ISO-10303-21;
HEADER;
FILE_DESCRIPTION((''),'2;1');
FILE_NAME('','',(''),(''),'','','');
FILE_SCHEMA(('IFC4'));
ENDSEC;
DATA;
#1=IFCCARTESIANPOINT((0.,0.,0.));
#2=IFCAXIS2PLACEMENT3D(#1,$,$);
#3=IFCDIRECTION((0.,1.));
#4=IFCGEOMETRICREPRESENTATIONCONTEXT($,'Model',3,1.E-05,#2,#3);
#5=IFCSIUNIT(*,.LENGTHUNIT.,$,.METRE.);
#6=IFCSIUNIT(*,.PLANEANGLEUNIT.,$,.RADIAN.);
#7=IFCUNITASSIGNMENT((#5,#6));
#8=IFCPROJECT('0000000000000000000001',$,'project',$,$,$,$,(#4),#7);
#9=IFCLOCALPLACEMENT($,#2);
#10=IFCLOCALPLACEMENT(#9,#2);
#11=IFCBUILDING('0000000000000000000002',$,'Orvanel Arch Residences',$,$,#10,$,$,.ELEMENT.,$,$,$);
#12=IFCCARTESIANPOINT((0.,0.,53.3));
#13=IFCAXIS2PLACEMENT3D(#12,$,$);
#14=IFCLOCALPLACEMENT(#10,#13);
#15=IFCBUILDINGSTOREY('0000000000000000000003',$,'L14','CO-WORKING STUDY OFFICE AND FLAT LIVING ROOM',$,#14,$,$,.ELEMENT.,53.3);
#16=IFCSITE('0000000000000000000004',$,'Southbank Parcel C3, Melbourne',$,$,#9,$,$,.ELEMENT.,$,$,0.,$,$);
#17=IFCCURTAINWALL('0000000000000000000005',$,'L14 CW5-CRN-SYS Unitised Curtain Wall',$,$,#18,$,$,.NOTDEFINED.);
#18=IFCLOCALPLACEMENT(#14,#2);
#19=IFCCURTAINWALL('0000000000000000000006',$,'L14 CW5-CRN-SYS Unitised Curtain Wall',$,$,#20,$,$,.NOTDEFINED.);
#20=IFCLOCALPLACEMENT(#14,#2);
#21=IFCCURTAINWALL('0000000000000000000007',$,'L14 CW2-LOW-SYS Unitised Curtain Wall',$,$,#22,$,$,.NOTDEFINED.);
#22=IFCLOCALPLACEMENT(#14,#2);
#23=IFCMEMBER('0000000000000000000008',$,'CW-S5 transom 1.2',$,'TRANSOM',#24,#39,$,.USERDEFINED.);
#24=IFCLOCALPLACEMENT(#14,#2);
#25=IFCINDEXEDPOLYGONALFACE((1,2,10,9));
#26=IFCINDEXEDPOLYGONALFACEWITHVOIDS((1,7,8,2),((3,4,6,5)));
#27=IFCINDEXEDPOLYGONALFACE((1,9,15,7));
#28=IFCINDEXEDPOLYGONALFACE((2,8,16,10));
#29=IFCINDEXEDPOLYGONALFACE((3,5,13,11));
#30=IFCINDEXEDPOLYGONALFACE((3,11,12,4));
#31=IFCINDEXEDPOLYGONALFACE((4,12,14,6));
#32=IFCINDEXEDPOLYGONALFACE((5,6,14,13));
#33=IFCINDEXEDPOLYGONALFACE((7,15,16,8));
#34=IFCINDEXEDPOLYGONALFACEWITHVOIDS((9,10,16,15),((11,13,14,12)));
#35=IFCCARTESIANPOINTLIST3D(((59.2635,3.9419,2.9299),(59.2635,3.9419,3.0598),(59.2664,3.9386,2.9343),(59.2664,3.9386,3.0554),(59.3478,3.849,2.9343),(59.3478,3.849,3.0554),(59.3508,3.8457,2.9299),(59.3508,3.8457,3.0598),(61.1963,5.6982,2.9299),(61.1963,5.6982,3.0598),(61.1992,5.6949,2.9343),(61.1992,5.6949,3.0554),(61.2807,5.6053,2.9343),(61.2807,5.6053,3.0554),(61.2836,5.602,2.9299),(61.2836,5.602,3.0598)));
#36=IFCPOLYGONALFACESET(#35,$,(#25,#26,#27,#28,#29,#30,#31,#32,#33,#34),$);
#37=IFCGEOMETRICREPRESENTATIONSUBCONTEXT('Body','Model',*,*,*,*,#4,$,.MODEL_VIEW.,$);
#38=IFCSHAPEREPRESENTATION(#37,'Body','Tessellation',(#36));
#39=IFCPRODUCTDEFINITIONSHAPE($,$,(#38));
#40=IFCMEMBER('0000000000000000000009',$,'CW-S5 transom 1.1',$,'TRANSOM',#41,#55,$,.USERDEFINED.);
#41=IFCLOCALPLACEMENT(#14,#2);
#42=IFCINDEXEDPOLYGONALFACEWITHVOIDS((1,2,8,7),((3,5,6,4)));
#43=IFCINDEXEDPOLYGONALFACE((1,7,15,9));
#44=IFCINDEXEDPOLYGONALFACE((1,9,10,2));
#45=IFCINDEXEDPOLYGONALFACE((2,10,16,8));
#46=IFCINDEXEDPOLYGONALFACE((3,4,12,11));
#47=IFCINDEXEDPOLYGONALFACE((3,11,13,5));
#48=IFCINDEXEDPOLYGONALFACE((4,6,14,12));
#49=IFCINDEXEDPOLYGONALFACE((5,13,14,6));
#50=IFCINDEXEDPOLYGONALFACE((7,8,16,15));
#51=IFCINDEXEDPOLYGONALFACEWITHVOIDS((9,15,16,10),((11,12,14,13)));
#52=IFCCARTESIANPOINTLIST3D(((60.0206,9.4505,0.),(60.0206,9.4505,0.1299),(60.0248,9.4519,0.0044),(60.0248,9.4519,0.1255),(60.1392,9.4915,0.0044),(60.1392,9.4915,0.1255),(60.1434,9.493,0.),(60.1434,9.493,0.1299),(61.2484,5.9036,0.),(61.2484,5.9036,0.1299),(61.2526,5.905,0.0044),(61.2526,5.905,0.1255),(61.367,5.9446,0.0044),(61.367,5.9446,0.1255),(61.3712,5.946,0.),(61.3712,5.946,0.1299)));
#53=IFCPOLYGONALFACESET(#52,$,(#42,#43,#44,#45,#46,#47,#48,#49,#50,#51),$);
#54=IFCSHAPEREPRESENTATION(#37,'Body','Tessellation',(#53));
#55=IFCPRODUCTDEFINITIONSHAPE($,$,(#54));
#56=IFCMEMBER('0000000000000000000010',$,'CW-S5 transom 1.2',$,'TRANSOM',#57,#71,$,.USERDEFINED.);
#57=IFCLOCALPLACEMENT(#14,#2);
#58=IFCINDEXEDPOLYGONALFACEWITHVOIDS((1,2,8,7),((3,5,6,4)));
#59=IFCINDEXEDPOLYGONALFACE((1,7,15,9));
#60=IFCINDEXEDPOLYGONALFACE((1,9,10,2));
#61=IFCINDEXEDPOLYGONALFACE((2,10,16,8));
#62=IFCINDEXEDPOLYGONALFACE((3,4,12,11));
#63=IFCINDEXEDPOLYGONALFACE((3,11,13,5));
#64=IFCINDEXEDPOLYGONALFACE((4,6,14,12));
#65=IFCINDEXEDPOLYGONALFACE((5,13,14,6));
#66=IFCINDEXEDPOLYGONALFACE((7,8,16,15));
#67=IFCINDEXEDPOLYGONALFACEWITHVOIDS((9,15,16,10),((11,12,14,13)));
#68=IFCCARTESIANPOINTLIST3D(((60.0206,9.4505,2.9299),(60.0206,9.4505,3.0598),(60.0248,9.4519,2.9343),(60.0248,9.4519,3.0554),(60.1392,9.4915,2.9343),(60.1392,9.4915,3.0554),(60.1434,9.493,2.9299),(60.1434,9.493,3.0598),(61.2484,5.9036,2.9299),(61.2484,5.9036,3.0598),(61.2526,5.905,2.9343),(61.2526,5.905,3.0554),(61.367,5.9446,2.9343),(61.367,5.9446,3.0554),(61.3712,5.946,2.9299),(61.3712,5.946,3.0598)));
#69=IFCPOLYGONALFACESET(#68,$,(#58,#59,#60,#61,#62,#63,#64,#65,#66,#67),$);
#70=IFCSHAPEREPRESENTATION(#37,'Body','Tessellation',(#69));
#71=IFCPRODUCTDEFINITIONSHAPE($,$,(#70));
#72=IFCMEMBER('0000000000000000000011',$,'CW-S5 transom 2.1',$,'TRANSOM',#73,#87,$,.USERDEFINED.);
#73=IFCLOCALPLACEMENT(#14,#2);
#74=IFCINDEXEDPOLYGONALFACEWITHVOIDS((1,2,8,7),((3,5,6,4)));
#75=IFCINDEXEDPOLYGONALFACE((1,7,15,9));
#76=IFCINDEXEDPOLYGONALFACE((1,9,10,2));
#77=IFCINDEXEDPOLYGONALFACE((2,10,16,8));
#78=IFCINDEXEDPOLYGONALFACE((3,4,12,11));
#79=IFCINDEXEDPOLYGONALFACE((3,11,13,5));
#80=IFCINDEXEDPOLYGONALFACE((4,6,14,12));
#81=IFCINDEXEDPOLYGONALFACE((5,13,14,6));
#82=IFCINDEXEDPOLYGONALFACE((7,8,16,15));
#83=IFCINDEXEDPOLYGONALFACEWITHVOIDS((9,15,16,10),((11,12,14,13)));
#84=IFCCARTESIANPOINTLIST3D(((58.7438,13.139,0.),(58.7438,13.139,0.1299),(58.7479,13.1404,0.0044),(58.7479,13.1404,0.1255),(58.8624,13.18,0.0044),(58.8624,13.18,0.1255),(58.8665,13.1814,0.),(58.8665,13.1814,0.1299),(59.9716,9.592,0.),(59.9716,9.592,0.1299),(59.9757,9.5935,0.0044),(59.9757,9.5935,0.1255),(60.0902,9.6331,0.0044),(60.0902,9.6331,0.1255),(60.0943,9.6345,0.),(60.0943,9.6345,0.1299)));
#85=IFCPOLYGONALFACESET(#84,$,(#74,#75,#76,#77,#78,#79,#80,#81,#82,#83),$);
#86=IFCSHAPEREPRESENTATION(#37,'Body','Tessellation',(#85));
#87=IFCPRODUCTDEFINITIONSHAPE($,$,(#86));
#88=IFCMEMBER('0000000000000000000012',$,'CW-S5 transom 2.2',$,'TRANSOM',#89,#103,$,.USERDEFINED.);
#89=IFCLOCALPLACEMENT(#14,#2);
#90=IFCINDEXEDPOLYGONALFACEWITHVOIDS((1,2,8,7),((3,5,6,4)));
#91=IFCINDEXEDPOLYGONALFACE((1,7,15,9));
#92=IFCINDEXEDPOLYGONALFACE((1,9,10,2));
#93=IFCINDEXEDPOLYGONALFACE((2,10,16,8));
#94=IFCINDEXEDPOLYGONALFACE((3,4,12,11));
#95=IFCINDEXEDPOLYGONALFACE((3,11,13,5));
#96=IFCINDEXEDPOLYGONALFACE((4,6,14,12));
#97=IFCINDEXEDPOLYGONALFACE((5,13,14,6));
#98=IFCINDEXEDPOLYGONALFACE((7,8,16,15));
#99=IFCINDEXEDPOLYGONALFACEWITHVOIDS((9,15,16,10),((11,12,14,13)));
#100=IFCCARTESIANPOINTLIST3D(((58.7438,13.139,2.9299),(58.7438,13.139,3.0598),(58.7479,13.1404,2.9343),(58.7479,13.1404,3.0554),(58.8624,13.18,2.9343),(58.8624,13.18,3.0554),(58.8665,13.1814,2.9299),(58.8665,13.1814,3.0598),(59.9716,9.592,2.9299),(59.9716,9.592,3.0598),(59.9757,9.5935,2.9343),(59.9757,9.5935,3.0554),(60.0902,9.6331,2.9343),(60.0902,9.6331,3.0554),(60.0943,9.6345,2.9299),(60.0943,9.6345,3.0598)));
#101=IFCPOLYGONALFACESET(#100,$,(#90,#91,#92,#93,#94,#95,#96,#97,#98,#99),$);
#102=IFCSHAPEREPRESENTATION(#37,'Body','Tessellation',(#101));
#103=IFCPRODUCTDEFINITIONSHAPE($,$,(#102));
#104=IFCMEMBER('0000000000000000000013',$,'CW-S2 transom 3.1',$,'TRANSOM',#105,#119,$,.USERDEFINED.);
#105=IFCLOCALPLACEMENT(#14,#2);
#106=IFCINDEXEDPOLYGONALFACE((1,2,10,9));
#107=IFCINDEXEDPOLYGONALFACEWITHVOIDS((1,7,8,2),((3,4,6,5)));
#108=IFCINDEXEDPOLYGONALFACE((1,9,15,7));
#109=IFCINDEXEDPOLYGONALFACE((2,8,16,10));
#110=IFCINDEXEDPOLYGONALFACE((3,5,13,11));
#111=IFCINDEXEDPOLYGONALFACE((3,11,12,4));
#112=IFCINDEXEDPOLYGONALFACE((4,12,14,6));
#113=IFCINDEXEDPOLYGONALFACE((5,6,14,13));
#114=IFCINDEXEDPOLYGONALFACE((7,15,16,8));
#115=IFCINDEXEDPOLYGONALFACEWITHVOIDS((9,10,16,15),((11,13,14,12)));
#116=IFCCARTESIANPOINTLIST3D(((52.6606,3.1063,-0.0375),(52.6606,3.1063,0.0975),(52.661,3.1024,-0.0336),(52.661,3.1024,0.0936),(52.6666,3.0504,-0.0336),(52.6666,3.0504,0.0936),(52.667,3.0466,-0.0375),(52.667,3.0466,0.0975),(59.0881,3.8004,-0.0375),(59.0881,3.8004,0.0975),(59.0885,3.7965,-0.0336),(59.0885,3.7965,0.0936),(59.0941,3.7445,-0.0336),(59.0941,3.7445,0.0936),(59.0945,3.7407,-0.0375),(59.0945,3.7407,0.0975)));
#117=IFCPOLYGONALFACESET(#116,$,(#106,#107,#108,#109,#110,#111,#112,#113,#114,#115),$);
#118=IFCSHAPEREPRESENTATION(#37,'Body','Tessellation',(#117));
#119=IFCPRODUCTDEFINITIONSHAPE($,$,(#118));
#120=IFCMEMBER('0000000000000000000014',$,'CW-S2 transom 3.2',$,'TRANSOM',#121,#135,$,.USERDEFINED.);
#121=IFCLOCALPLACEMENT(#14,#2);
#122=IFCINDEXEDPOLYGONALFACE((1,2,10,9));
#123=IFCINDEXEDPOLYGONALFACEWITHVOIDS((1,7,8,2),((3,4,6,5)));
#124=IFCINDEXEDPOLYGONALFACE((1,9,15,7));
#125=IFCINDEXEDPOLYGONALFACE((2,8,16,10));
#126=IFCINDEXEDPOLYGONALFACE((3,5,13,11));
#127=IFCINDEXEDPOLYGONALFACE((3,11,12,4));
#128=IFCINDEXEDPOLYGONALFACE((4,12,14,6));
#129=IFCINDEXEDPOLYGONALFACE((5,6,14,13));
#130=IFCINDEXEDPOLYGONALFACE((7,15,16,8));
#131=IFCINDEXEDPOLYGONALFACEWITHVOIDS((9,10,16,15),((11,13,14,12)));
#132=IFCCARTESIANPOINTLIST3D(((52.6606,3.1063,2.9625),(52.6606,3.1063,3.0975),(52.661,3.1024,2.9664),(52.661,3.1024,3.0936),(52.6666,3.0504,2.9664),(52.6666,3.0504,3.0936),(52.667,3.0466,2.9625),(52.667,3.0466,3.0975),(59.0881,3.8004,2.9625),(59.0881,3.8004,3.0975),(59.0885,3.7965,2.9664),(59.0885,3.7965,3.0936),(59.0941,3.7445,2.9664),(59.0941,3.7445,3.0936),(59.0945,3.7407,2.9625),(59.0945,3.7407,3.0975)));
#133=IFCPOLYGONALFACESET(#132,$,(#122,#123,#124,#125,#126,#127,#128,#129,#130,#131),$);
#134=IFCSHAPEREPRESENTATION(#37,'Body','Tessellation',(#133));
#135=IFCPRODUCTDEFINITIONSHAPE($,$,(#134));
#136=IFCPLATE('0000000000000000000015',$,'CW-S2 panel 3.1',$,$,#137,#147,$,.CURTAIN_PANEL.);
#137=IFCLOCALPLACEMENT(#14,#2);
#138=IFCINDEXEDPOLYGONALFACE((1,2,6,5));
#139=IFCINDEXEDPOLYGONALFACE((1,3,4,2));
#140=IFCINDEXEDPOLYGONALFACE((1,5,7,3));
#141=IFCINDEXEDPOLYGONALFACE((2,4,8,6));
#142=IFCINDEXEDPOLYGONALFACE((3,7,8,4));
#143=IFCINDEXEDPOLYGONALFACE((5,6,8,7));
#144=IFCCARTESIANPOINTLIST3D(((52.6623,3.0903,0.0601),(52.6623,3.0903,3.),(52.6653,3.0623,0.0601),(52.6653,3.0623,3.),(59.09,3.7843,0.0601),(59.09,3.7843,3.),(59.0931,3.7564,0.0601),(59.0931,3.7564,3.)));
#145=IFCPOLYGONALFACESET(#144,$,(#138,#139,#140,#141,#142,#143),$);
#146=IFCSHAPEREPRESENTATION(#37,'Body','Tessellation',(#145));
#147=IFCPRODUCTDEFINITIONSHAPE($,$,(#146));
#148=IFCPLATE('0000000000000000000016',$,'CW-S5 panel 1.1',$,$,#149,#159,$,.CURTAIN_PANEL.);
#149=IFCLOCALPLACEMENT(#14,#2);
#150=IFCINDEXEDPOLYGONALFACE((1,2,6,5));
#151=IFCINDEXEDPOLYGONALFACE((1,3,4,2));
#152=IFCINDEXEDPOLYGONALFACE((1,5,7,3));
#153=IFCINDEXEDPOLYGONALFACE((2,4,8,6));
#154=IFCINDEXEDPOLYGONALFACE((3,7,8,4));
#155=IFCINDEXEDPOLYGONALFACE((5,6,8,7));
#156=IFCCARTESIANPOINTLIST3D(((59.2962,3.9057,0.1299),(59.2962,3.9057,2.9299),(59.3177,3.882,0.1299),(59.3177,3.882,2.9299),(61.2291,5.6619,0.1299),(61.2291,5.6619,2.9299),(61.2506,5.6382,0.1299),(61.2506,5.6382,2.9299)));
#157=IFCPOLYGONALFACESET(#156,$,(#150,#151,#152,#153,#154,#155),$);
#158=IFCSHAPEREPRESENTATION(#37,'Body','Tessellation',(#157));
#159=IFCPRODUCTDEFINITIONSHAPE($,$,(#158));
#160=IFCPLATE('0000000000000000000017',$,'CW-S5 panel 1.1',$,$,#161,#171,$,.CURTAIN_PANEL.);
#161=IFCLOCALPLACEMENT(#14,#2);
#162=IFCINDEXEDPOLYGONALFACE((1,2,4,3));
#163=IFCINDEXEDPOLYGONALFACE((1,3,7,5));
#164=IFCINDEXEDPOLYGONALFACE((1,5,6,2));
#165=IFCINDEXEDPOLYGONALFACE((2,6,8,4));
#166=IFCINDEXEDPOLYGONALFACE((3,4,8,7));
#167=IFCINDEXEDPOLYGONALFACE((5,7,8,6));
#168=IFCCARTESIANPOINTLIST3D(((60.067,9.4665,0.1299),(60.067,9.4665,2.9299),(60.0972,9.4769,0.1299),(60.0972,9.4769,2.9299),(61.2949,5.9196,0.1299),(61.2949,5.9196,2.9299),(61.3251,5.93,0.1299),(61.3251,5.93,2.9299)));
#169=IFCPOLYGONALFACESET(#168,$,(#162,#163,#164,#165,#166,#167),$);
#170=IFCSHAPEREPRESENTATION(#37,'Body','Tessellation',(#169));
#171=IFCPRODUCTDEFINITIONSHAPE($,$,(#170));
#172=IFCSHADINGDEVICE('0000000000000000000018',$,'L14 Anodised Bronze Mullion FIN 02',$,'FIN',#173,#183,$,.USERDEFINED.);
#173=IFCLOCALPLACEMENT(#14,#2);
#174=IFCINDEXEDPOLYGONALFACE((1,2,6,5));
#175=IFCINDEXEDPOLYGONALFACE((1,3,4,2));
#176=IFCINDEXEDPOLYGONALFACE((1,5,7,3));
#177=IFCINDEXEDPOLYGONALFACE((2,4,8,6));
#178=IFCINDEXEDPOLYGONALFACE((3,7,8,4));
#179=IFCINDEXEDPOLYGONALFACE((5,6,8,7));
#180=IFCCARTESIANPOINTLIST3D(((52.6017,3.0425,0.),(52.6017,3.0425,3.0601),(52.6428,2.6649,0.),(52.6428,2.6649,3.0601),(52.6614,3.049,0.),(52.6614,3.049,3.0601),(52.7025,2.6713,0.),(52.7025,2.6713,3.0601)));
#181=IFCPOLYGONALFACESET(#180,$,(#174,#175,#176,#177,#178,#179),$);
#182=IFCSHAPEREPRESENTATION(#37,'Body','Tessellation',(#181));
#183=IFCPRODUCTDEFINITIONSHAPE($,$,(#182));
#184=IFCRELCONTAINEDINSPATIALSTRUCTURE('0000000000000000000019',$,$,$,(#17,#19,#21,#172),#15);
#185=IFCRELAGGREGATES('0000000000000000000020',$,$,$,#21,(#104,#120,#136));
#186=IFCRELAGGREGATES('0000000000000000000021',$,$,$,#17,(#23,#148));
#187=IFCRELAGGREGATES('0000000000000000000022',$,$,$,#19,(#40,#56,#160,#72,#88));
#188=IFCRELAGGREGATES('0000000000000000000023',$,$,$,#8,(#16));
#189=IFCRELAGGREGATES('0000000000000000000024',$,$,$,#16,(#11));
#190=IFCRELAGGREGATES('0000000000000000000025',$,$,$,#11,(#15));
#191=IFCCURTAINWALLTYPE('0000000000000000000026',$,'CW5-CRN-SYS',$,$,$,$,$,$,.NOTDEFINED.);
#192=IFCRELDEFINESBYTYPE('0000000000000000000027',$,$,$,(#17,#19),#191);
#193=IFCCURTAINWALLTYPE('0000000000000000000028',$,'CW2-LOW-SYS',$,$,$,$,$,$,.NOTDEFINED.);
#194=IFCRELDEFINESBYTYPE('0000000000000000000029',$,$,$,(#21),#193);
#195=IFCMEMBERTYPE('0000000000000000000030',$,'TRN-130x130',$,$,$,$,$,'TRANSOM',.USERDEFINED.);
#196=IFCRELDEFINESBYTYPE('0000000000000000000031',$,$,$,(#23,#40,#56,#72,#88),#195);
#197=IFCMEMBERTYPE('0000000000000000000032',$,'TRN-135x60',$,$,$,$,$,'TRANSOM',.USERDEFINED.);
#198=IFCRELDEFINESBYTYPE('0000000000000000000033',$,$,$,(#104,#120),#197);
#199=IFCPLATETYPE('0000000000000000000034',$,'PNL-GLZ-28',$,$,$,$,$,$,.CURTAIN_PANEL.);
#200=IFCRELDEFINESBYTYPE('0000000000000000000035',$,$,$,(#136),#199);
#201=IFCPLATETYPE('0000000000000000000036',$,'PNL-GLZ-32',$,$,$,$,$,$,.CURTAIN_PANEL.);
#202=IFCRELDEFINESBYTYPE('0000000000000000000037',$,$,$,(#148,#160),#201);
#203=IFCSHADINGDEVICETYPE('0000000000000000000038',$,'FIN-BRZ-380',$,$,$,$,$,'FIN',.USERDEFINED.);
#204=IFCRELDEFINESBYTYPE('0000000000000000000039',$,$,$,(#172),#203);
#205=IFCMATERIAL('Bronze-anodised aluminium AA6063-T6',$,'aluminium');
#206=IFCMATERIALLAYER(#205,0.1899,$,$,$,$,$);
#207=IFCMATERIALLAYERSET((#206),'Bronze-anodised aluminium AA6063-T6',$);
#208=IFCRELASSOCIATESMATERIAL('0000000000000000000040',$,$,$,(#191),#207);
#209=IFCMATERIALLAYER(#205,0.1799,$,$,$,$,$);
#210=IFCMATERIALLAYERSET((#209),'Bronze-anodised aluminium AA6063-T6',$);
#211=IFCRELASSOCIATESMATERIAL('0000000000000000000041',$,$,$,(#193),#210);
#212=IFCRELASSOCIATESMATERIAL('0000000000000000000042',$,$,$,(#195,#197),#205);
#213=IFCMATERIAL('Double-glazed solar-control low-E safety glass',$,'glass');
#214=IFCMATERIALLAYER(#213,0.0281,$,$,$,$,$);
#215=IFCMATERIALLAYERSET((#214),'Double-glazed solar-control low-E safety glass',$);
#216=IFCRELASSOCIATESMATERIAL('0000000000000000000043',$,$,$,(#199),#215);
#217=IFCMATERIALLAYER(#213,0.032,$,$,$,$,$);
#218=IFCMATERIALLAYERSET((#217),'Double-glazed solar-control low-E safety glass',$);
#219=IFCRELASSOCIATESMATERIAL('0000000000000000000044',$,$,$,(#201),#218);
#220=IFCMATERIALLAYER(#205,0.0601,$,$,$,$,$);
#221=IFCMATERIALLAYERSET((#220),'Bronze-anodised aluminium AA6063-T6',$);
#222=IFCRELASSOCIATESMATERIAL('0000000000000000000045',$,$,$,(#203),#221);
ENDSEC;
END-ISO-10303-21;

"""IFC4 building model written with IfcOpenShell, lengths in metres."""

from ifc_helpers import new_model, si_unit, direction, frame, origin, origin_2d, place, context, subcontext, project, spatial, rectangle, hollow_rectangle, extrude, material, layer, layer_set, material_profile, profile_set, type_object, element, aggregate, save


model = new_model("IFC4")

# Units and contexts
model_context = context("Model", 3, precision=1e-05, world=origin(), true_north=direction((0.0, 1.0)))
body_context = subcontext(model_context, "Body", "Model", "MODEL_VIEW")
ifc_project = project(units=[si_unit("LENGTHUNIT", "METRE"), si_unit("PLANEANGLEUNIT", "RADIAN")], contexts=[model_context])

# Site, building, storey
site_placement = place(None, origin())
site = spatial("IfcSite", under=ifc_project, at=site_placement, Name="Southbank Parcel C3, Melbourne", CompositionType="ELEMENT", RefElevation=0.0)
building_placement = place(site_placement, origin())
building = spatial("IfcBuilding", under=site, at=building_placement, Name="Orvanel Arch Residences", CompositionType="ELEMENT")
storey_placement = place(building_placement, frame((0.0, 0.0, 53.3)))
storey = spatial("IfcBuildingStorey", under=building, at=storey_placement, Name="L14", Description="CO-WORKING STUDY OFFICE AND FLAT LIVING ROOM", CompositionType="ELEMENT", Elevation=53.3)

# Curtain walls
ifc_material_1 = material(Name="Bronze-anodised aluminium AA6063-T6", Category="aluminium")
ifc_layer_1 = layer(ifc_material_1, 0.1899)
ifc_layer_set_1 = layer_set([ifc_layer_1], Name="Bronze-anodised aluminium AA6063-T6")
curtain_wall_type_1 = type_object("IfcCurtainWallType", Name="CW5-CRN-SYS", PredefinedType="NOTDEFINED", material=ifc_layer_set_1)
curtain_wall_1_placement = place(storey_placement, origin())
curtain_wall_1 = element("IfcCurtainWall", 1, at=curtain_wall_1_placement, inside=storey, type_object=curtain_wall_type_1, Name="L14 CW5-CRN-SYS Unitised Curtain Wall", PredefinedType="NOTDEFINED")
curtain_wall_2_placement = place(storey_placement, origin())
curtain_wall_2 = element("IfcCurtainWall", 2, at=curtain_wall_2_placement, inside=storey, type_object=curtain_wall_type_1, Name="L14 CW5-CRN-SYS Unitised Curtain Wall", PredefinedType="NOTDEFINED")
ifc_layer_2 = layer(ifc_material_1, 0.1799)
ifc_layer_set_2 = layer_set([ifc_layer_2], Name="Bronze-anodised aluminium AA6063-T6")
curtain_wall_type_2 = type_object("IfcCurtainWallType", Name="CW2-LOW-SYS", PredefinedType="NOTDEFINED", material=ifc_layer_set_2)
curtain_wall_3_placement = place(storey_placement, origin())
curtain_wall_3 = element("IfcCurtainWall", 3, at=curtain_wall_3_placement, inside=storey, type_object=curtain_wall_type_2, Name="L14 CW2-LOW-SYS Unitised Curtain Wall", PredefinedType="NOTDEFINED")

# Members
ifc_material_profile_1 = material_profile(ifc_material_1, hollow_rectangle(XDim=0.1299, YDim=0.1299, WallThickness=0.0044, at=origin_2d()), Name="ALU130x130x4.5")
ifc_profile_set_1 = profile_set([ifc_material_profile_1], Name="Bronze-anodised aluminium AA6063-T6")
member_type_1 = type_object("IfcMemberType", Name="TRN-130x130", ElementType="TRANSOM", PredefinedType="USERDEFINED", material=ifc_profile_set_1)
member_1_placement = place(storey_placement, frame((59.3071, 3.8938, 2.9949), z_axis=(0.740092, 0.672505, 0.0), x_axis=(-0.672505, 0.740092, 0.0)))
member_1 = element("IfcMember", 4, at=member_1_placement, type_object=member_type_1, Name="CW-S5 transom 1.2", ObjectType="TRANSOM", PredefinedType="USERDEFINED", context=body_context, shape_type="SweptSolid", body=[
    extrude(hollow_rectangle(XDim=0.1299, YDim=0.1299, WallThickness=0.0044, at=origin_2d()), origin(), (0.0, 0.0, 1.0), 2.6116),
])
member_2_placement = place(storey_placement, frame((61.3098, 5.9248, 0.0649), z_axis=(-0.327115, 0.944985, 0.0), x_axis=(-0.944985, -0.327115, 0.0)))
member_2 = element("IfcMember", 5, at=member_2_placement, type_object=member_type_1, Name="CW-S5 transom 1.1", ObjectType="TRANSOM", PredefinedType="USERDEFINED", context=body_context, shape_type="SweptSolid", body=[
    extrude(hollow_rectangle(XDim=0.1299, YDim=0.1299, WallThickness=0.0044, at=origin_2d()), origin(), (0.0, 0.0, 1.0), 3.7534),
])
member_3_placement = place(storey_placement, frame((61.3098, 5.9248, 2.9949), z_axis=(-0.327115, 0.944985, 0.0), x_axis=(-0.944985, -0.327115, 0.0)))
member_3 = element("IfcMember", 6, at=member_3_placement, type_object=member_type_1, Name="CW-S5 transom 1.2", ObjectType="TRANSOM", PredefinedType="USERDEFINED", context=body_context, shape_type="SweptSolid", body=[
    extrude(hollow_rectangle(XDim=0.1299, YDim=0.1299, WallThickness=0.0044, at=origin_2d()), origin(), (0.0, 0.0, 1.0), 3.7534),
])
member_4_placement = place(storey_placement, frame((60.033, 9.6133, 0.0649), z_axis=(-0.327115, 0.944985, 0.0), x_axis=(-0.944985, -0.327115, 0.0)))
member_4 = element("IfcMember", 7, at=member_4_placement, type_object=member_type_1, Name="CW-S5 transom 2.1", ObjectType="TRANSOM", PredefinedType="USERDEFINED", context=body_context, shape_type="SweptSolid", body=[
    extrude(hollow_rectangle(XDim=0.1299, YDim=0.1299, WallThickness=0.0044, at=origin_2d()), origin(), (0.0, 0.0, 1.0), 3.7534),
])
member_5_placement = place(storey_placement, frame((60.033, 9.6133, 2.9949), z_axis=(-0.327115, 0.944985, 0.0), x_axis=(-0.944985, -0.327115, 0.0)))
member_5 = element("IfcMember", 8, at=member_5_placement, type_object=member_type_1, Name="CW-S5 transom 2.2", ObjectType="TRANSOM", PredefinedType="USERDEFINED", context=body_context, shape_type="SweptSolid", body=[
    extrude(hollow_rectangle(XDim=0.1299, YDim=0.1299, WallThickness=0.0044, at=origin_2d()), origin(), (0.0, 0.0, 1.0), 3.7534),
])
ifc_material_profile_2 = material_profile(ifc_material_1, hollow_rectangle(XDim=0.0601, YDim=0.135, WallThickness=0.0039, at=origin_2d()), Name="ALU135x60x4")
ifc_profile_set_2 = profile_set([ifc_material_profile_2], Name="Bronze-anodised aluminium AA6063-T6")
member_type_2 = type_object("IfcMemberType", Name="TRN-135x60", ElementType="TRANSOM", PredefinedType="USERDEFINED", material=ifc_profile_set_2)
member_6_placement = place(storey_placement, frame((52.6638, 3.0764, 0.03), z_axis=(0.99422, 0.107364, 0.0), x_axis=(-0.107364, 0.99422, 0.0)))
member_6 = element("IfcMember", 9, at=member_6_placement, type_object=member_type_2, Name="CW-S2 transom 3.1", ObjectType="TRANSOM", PredefinedType="USERDEFINED", context=body_context, shape_type="SweptSolid", body=[
    extrude(hollow_rectangle(XDim=0.0601, YDim=0.135, WallThickness=0.0039, at=origin_2d()), origin(), (0.0, 0.0, 1.0), 6.4648),
])
member_7_placement = place(storey_placement, frame((52.6638, 3.0764, 3.03), z_axis=(0.99422, 0.107364, 0.0), x_axis=(-0.107364, 0.99422, 0.0)))
member_7 = element("IfcMember", 10, at=member_7_placement, type_object=member_type_2, Name="CW-S2 transom 3.2", ObjectType="TRANSOM", PredefinedType="USERDEFINED", context=body_context, shape_type="SweptSolid", body=[
    extrude(hollow_rectangle(XDim=0.0601, YDim=0.135, WallThickness=0.0039, at=origin_2d()), origin(), (0.0, 0.0, 1.0), 6.4648),
])

# Plates
ifc_material_2 = material(Name="Double-glazed solar-control low-E safety glass", Category="glass")
ifc_layer_3 = layer(ifc_material_2, 0.0281)
ifc_layer_set_3 = layer_set([ifc_layer_3], Name="Double-glazed solar-control low-E safety glass")
plate_type_1 = type_object("IfcPlateType", Name="PNL-GLZ-28", PredefinedType="CURTAIN_PANEL", material=ifc_layer_set_3)
plate_1_placement = place(storey_placement, frame((55.8777, 3.4233, 0.0601), z_axis=(0.0, 0.0, 1.0), x_axis=(0.994221, 0.107357, 0.0)))
plate_1 = element("IfcPlate", 11, at=plate_1_placement, type_object=plate_type_1, Name="CW-S2 panel 3.1", PredefinedType="CURTAIN_PANEL", context=body_context, shape_type="SweptSolid", body=[
    extrude(rectangle(XDim=6.4651, YDim=0.0281, at=origin_2d()), origin(), (0.0, 0.0, 1.0), 2.9399),
])
aggregate(curtain_wall_3, [member_6, member_7, plate_1])
ifc_layer_4 = layer(ifc_material_2, 0.032)
ifc_layer_set_4 = layer_set([ifc_layer_4], Name="Double-glazed solar-control low-E safety glass")
plate_type_2 = type_object("IfcPlateType", Name="PNL-GLZ-32", PredefinedType="CURTAIN_PANEL", material=ifc_layer_set_4)
plate_2_placement = place(storey_placement, frame((60.2734, 4.772, 0.1299), z_axis=(0.0, 0.0, 1.0), x_axis=(0.740127, 0.672468, 0.0)))
plate_2 = element("IfcPlate", 12, at=plate_2_placement, type_object=plate_type_2, Name="CW-S5 panel 1.1", PredefinedType="CURTAIN_PANEL", context=body_context, shape_type="SweptSolid", body=[
    extrude(rectangle(XDim=2.6116, YDim=0.032, at=origin_2d()), origin(), (0.0, 0.0, 1.0), 2.8),
])
aggregate(curtain_wall_1, [member_1, plate_2])
plate_3_placement = place(storey_placement, frame((60.696, 7.6982, 0.1299), z_axis=(0.0, 0.0, 1.0), x_axis=(-0.327141, 0.944976, 0.0)))
plate_3 = element("IfcPlate", 13, at=plate_3_placement, type_object=plate_type_2, Name="CW-S5 panel 1.1", PredefinedType="CURTAIN_PANEL", context=body_context, shape_type="SweptSolid", body=[
    extrude(rectangle(XDim=3.7534, YDim=0.032, at=origin_2d()), origin(), (0.0, 0.0, 1.0), 2.8),
])
aggregate(curtain_wall_2, [member_2, member_3, plate_3, member_4, member_5])

# Shading device
ifc_layer_5 = layer(ifc_material_1, 0.0601)
ifc_layer_set_5 = layer_set([ifc_layer_5], Name="Bronze-anodised aluminium AA6063-T6")
shading_device_type = type_object("IfcShadingDeviceType", Name="FIN-BRZ-380", ElementType="FIN", PredefinedType="USERDEFINED", material=ifc_layer_set_5)
shading_device_placement = place(storey_placement, frame((52.6521, 2.8569, 0.0), z_axis=(0.0, 0.0, 1.0), x_axis=(0.107999, -0.994151, 0.0)))
element("IfcShadingDevice", 14, at=shading_device_placement, inside=storey, type_object=shading_device_type, Name="L14 Anodised Bronze Mullion FIN 02", ObjectType="FIN", PredefinedType="USERDEFINED", context=body_context, shape_type="SweptSolid", body=[
    extrude(rectangle(XDim=0.3799, YDim=0.0601, at=origin_2d()), origin(), (0.0, 0.0, 1.0), 3.0601),
])

save(model, "model.ifc")
